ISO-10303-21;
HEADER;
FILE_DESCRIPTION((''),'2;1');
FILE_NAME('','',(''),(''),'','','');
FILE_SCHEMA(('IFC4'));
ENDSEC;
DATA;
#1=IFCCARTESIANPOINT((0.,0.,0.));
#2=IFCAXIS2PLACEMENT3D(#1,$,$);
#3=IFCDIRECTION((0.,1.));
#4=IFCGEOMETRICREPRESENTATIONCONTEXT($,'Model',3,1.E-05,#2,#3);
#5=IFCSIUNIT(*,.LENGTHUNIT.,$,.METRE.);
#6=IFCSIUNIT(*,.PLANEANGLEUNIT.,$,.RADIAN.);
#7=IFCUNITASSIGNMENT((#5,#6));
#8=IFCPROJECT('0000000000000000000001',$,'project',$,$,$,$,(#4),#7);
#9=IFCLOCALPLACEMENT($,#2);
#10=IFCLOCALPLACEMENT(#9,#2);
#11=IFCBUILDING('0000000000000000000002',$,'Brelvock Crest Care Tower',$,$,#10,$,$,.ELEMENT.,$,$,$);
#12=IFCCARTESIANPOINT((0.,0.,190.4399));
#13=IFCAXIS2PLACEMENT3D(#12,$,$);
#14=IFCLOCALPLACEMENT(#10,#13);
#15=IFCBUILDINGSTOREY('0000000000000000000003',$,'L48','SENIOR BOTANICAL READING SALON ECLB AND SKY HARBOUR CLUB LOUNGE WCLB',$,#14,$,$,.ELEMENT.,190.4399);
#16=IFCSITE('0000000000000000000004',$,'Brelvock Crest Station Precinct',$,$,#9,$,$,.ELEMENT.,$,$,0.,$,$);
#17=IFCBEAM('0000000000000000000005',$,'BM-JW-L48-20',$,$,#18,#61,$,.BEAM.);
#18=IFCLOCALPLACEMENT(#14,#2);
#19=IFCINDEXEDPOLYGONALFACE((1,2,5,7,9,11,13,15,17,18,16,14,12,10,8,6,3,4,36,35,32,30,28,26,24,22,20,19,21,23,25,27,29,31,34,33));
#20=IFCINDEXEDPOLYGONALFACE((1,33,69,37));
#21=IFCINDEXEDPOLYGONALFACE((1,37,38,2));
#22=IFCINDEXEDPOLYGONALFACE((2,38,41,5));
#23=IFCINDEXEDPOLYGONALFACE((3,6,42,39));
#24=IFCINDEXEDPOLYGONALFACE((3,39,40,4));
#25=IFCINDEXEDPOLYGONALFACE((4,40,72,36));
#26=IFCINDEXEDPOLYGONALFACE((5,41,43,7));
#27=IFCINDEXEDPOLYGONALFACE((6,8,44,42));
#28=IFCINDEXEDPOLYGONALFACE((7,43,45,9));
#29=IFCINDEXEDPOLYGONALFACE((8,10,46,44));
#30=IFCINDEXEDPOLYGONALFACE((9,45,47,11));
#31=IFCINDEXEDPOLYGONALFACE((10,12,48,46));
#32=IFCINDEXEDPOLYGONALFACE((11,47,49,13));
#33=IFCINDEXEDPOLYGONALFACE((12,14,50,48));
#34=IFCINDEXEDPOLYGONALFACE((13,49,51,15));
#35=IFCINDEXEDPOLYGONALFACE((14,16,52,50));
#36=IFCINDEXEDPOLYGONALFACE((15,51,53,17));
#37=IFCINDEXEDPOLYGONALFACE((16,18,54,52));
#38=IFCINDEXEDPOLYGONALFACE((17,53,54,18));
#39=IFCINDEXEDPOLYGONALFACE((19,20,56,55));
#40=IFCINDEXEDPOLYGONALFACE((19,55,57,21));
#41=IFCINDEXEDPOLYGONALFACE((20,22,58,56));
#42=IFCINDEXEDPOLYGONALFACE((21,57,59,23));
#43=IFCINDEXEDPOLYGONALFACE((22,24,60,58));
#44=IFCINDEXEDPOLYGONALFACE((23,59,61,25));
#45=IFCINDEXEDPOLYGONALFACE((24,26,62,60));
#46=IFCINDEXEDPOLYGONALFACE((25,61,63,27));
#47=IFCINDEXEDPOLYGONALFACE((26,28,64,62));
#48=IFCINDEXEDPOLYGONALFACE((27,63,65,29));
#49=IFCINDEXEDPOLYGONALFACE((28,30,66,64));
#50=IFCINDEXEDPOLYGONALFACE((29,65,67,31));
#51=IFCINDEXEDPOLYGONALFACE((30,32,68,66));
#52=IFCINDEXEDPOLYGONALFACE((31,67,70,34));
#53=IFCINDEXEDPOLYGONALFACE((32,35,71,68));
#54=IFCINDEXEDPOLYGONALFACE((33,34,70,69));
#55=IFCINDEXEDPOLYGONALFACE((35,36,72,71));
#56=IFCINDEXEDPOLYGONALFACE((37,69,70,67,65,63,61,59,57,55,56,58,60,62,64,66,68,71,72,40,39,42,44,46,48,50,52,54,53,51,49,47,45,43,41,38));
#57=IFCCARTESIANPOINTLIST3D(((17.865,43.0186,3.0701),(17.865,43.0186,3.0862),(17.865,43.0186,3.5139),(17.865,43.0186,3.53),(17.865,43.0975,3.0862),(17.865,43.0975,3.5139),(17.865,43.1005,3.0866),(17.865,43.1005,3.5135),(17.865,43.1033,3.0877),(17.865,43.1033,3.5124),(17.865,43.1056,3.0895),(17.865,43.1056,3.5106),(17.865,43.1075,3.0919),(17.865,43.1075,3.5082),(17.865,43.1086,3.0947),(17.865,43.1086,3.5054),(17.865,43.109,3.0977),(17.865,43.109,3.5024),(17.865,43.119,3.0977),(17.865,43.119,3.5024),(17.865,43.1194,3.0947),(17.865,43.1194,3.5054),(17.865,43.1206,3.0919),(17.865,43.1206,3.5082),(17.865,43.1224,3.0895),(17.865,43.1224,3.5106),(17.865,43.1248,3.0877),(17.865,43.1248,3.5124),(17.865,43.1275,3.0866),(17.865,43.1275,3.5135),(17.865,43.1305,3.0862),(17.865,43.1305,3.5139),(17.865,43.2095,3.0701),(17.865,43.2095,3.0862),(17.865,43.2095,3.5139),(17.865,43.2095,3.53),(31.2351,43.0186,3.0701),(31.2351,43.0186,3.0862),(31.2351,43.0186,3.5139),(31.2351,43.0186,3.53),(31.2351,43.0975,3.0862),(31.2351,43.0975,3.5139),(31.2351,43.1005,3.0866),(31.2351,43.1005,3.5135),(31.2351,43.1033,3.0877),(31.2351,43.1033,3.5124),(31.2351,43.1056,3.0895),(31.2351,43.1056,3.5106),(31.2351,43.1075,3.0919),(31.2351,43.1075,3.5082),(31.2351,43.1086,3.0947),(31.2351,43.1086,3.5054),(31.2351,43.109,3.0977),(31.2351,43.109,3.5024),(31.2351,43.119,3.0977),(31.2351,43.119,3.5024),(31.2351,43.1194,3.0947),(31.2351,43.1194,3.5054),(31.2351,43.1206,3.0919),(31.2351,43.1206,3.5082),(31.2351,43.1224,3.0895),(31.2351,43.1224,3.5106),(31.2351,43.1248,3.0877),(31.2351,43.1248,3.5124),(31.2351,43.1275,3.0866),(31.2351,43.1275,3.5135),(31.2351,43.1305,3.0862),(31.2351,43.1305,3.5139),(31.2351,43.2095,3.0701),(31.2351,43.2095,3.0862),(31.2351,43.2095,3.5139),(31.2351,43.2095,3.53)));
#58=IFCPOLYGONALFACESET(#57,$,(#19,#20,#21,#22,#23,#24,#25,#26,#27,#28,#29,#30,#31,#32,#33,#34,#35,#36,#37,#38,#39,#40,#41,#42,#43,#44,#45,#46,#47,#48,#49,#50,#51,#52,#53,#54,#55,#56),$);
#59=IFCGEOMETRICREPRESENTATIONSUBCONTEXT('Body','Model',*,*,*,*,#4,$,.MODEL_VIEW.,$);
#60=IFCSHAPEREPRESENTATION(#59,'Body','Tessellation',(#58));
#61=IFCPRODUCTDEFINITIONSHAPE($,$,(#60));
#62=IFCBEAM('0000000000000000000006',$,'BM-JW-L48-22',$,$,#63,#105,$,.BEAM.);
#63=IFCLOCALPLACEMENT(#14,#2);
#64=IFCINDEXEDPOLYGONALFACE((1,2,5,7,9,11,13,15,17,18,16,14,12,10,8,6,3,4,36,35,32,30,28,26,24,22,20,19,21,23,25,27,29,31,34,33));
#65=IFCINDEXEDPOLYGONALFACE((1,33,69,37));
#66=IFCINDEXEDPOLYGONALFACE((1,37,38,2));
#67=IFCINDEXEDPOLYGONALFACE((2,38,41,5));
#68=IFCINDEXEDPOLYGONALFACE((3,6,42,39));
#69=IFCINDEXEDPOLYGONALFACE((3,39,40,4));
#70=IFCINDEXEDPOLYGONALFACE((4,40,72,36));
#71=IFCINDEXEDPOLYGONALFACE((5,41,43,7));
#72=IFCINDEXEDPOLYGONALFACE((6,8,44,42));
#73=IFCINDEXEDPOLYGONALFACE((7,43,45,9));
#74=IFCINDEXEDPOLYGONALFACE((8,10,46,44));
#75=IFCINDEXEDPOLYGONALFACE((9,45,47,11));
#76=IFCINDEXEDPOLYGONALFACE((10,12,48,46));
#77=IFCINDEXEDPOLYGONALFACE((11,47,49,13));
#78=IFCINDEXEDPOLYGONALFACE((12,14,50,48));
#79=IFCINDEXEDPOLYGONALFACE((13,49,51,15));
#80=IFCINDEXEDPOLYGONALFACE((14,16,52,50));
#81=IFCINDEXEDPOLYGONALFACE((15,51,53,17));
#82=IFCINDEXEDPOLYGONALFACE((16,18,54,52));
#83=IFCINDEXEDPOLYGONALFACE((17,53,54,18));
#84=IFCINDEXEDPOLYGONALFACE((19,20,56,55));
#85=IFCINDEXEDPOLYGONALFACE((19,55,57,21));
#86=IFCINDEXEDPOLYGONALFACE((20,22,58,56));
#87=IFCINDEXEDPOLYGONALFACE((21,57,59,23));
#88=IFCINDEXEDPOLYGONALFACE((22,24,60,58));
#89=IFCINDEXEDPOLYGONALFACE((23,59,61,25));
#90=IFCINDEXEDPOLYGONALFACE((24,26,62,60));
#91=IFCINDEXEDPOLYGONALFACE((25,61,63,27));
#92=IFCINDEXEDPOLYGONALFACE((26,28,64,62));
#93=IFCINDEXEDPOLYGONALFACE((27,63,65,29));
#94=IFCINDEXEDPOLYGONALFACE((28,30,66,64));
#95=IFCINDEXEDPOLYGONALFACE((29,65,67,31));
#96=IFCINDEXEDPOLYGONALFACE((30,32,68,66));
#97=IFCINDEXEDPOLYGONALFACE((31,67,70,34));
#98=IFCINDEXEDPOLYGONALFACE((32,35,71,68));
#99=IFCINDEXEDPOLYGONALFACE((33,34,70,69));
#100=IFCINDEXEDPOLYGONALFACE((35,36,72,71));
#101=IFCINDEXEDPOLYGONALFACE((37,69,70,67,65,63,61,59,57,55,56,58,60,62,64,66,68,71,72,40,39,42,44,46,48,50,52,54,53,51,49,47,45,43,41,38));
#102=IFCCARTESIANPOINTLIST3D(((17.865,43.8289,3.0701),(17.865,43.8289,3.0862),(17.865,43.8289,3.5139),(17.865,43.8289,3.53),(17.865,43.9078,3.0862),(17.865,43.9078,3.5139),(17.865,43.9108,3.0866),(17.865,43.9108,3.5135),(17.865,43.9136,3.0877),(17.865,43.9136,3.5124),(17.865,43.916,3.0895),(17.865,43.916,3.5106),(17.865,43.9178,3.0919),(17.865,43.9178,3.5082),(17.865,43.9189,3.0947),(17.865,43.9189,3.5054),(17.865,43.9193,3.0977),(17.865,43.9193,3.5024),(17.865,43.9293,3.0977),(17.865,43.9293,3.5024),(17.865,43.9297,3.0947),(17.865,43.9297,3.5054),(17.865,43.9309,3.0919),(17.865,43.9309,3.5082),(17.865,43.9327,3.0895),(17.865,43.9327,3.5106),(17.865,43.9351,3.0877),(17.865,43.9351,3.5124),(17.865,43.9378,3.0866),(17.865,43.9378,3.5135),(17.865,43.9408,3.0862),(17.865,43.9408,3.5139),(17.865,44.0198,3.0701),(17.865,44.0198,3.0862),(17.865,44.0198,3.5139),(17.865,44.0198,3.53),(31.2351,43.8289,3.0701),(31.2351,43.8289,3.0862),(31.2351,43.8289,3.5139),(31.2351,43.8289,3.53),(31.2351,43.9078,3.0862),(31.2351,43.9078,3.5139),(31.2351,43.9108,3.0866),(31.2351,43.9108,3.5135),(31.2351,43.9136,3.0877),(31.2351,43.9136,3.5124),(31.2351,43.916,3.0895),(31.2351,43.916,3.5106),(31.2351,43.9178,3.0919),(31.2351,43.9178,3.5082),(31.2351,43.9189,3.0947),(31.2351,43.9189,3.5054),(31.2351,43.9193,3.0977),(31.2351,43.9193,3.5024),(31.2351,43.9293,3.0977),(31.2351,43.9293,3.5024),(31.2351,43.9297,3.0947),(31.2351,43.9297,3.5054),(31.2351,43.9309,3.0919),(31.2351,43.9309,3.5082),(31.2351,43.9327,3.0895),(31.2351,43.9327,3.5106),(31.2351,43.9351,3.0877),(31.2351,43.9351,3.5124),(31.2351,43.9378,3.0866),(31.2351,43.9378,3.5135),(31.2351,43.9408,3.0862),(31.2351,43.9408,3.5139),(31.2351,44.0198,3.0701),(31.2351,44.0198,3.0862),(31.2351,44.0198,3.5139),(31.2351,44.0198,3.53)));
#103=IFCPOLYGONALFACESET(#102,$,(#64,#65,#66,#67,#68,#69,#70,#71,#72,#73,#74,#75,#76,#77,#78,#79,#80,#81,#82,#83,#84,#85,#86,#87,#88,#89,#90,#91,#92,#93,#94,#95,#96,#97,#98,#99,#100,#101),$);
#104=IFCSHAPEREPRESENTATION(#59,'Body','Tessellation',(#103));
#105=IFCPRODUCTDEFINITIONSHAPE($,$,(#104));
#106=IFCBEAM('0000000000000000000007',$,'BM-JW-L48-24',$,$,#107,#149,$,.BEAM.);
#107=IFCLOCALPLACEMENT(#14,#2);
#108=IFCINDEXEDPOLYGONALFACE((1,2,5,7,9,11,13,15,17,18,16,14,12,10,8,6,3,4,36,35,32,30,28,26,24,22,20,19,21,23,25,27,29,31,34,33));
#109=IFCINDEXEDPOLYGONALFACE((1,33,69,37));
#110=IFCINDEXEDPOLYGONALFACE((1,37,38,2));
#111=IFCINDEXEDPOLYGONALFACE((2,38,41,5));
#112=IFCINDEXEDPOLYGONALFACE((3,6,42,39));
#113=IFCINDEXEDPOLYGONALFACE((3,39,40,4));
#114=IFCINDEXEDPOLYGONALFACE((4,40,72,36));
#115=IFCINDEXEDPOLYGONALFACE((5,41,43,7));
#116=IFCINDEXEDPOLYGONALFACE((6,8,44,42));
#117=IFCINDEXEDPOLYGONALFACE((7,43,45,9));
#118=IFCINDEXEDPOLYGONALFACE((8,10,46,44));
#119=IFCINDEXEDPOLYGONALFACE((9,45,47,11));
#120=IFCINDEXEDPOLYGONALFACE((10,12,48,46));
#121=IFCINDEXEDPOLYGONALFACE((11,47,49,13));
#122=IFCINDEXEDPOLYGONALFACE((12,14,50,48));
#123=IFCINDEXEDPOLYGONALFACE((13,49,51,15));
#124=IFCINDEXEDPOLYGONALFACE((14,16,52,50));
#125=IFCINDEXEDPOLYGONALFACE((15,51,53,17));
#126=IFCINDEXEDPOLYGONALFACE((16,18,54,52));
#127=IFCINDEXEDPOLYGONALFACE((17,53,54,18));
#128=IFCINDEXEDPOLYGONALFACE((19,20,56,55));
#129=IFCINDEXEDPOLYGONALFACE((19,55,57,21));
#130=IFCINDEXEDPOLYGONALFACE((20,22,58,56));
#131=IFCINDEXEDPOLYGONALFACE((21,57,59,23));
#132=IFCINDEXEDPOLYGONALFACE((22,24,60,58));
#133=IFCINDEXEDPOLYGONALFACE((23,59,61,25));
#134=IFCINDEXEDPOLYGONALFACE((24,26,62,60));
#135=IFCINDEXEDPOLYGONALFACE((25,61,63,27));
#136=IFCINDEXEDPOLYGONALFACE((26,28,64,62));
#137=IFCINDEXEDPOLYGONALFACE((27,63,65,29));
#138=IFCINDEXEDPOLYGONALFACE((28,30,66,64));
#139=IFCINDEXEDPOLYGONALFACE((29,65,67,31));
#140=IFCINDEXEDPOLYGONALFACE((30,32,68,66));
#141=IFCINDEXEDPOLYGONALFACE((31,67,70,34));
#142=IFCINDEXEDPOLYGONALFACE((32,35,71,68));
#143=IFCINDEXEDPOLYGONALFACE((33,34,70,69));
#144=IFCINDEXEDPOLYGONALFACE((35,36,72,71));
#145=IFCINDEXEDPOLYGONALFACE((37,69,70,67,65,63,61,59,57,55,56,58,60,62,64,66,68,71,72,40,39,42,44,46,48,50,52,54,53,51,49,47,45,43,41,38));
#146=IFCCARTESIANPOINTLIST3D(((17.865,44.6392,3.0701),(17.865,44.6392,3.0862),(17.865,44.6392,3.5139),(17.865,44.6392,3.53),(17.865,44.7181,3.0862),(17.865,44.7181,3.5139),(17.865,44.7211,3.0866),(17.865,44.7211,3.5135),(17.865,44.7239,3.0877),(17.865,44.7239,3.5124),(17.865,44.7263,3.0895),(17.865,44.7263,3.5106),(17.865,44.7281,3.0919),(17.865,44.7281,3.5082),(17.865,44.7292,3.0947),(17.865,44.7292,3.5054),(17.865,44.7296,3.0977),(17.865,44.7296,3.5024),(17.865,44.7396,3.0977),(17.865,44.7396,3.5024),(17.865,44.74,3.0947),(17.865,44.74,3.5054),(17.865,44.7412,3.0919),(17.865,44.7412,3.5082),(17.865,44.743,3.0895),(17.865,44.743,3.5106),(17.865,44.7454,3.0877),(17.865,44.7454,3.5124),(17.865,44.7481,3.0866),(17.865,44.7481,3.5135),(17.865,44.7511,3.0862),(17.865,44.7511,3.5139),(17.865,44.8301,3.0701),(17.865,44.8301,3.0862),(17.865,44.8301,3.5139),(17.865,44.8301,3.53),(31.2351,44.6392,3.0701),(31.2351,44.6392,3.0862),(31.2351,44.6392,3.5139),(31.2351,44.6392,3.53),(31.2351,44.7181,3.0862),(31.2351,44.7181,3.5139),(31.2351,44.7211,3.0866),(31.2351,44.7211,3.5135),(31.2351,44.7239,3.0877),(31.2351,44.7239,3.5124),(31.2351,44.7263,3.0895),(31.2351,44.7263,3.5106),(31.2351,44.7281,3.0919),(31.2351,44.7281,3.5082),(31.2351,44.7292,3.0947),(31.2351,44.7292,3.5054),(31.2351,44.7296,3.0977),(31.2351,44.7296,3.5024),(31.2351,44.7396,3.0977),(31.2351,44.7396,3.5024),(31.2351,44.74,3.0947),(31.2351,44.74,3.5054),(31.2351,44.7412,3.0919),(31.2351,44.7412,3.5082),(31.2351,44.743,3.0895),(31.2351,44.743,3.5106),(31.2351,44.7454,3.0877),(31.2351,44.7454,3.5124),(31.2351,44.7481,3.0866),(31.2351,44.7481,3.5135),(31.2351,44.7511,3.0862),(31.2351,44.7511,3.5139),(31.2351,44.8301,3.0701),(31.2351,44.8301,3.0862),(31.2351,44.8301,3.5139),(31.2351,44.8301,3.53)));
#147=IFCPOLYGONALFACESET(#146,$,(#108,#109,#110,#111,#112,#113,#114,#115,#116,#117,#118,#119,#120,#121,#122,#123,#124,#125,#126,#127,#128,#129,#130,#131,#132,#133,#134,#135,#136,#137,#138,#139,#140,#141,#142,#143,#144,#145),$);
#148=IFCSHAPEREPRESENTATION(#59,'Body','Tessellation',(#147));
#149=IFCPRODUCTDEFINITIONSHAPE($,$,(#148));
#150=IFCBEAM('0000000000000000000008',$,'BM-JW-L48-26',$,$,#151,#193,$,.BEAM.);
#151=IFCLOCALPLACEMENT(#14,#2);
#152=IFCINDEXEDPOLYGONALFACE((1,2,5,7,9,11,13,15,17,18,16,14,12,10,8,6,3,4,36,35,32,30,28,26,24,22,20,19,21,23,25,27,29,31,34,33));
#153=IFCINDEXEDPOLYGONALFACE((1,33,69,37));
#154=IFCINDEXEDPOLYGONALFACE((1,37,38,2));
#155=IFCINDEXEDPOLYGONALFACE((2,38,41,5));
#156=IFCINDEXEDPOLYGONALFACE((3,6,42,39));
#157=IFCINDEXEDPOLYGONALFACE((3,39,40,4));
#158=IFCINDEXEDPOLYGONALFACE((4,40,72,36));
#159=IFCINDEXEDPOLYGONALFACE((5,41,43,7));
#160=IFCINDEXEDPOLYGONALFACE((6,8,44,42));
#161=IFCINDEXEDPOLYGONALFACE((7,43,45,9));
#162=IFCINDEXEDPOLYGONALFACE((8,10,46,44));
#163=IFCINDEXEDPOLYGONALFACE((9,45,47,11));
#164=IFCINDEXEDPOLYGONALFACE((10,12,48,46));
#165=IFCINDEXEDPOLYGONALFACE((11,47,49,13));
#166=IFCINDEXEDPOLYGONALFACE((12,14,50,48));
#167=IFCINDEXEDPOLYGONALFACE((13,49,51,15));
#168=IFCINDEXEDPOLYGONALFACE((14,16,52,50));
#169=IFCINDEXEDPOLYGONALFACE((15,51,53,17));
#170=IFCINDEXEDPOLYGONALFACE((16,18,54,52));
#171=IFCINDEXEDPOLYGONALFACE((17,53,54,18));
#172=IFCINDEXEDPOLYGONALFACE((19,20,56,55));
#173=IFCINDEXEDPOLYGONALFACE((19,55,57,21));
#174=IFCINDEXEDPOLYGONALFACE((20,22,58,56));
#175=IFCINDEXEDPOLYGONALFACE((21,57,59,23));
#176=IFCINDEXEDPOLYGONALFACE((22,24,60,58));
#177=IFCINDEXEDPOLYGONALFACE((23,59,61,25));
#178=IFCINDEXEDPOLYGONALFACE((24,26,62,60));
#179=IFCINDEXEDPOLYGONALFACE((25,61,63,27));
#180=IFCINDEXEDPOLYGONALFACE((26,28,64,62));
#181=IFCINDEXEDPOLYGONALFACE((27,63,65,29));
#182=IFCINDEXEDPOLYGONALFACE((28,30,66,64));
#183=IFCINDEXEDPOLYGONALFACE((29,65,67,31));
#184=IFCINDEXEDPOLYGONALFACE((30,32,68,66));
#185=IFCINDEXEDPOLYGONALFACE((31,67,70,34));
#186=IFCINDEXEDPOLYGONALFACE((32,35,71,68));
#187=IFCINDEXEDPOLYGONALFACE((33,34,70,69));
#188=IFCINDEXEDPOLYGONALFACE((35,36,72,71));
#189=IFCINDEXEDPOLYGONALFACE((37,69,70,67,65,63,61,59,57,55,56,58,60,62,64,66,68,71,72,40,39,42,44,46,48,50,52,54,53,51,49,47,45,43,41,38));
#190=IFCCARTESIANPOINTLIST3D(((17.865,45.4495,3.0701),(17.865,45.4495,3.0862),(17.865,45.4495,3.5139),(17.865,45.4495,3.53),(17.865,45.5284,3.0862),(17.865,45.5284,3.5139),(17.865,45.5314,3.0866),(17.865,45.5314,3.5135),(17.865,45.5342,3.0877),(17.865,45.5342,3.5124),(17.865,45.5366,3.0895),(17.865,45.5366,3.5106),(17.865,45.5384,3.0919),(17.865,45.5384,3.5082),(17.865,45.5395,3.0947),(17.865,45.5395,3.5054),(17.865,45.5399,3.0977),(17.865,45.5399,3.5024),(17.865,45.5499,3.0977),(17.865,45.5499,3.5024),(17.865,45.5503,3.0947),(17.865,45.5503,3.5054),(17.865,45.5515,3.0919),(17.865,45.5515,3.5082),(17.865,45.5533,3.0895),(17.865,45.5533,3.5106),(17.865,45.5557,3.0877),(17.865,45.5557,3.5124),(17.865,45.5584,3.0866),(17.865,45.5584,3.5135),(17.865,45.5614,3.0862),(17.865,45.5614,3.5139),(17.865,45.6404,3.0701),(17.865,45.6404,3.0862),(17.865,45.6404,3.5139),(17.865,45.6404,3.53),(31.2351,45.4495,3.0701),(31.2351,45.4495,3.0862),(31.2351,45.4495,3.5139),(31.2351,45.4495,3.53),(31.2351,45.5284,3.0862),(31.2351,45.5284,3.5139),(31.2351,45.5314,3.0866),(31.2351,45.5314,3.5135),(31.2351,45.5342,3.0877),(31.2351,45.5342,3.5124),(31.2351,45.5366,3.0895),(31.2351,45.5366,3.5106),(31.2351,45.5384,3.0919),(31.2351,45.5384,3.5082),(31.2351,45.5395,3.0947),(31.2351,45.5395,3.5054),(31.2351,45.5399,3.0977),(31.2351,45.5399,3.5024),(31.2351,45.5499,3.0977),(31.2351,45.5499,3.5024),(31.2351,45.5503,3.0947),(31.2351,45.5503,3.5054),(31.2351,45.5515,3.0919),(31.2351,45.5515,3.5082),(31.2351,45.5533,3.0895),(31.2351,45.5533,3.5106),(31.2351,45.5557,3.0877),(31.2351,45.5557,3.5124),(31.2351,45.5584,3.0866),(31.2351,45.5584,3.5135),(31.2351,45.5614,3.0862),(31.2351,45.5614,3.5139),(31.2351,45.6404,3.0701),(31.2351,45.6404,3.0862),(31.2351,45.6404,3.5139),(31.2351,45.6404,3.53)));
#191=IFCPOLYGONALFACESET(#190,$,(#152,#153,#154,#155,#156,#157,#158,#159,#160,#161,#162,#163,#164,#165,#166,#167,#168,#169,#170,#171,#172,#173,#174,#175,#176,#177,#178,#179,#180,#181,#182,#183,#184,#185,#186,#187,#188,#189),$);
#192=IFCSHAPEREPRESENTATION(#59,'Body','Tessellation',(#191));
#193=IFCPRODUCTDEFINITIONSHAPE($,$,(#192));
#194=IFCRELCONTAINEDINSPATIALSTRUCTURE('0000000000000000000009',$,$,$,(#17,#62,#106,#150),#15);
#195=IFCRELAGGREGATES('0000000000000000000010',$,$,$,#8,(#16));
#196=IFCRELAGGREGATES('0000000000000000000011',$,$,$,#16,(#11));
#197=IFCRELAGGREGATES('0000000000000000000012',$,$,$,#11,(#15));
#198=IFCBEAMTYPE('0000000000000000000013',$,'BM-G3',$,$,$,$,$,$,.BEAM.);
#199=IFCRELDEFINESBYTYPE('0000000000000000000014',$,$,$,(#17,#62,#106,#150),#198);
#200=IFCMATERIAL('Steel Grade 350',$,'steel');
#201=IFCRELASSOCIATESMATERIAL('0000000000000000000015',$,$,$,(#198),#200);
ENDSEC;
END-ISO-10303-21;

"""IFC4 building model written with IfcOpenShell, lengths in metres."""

from ifc_helpers import new_model, si_unit, direction, frame, origin, origin_2d, place, context, subcontext, project, spatial, i_section, extrude, source, transform, mapped, material, material_profile, profile_set, type_object, element, save


model = new_model("IFC4")

# Units and contexts
model_context = context("Model", 3, precision=1e-05, world=origin(), true_north=direction((0.0, 1.0)))
body_context = subcontext(model_context, "Body", "Model", "MODEL_VIEW")
ifc_project = project(units=[si_unit("LENGTHUNIT", "METRE"), si_unit("PLANEANGLEUNIT", "RADIAN")], contexts=[model_context])

# Site, building, storey
site_placement = place(None, origin())
site = spatial("IfcSite", under=ifc_project, at=site_placement, Name="Brelvock Crest Station Precinct", CompositionType="ELEMENT", RefElevation=0.0)
building_placement = place(site_placement, origin())
building = spatial("IfcBuilding", under=site, at=building_placement, Name="Brelvock Crest Care Tower", CompositionType="ELEMENT")
storey_placement = place(building_placement, frame((0.0, 0.0, 190.4399)))
storey = spatial("IfcBuildingStorey", under=building, at=storey_placement, Name="L48", Description="SENIOR BOTANICAL READING SALON ECLB AND SKY HARBOUR CLUB LOUNGE WCLB", CompositionType="ELEMENT", Elevation=190.4399)

# Beams
ifc_material = material(Name="Steel Grade 350", Category="steel")
ifc_material_profile_1 = material_profile(ifc_material, i_section(OverallWidth=0.1909, OverallDepth=0.46, WebThickness=0.01, FlangeThickness=0.0161, FilletRadius=0.0115, at=origin_2d()), Name="460UB82.1")
ifc_profile_set_1 = profile_set([ifc_material_profile_1], Name="Steel Grade 350")
beam_type_1 = type_object("IfcBeamType", Name="BM-G3", PredefinedType="BEAM", material=ifc_profile_set_1)
shared_shape_1 = source(origin(), body_context, "Body", "SweptSolid", [
    extrude(i_section(OverallWidth=0.1909, OverallDepth=0.46, WebThickness=0.01, FlangeThickness=0.0161, FilletRadius=0.0115, at=origin_2d()), origin(), (0.0, 0.0, 1.0), 13.3701),
])
for number, where, z_axis, x_axis, name in (
    (1, (17.865, 43.114, 3.3), (1.0, 0.0, 0.0), (0.0, 1.0, 0.0), "BM-JW-L48-20"),
    (2, (17.865, 43.9243, 3.3), (1.0, 0.0, 0.0), (0.0, 1.0, 0.0), "BM-JW-L48-22"),
    (3, (17.865, 44.7346, 3.3), (1.0, 0.0, 0.0), (0.0, 1.0, 0.0), "BM-JW-L48-24"),
    (4, (17.865, 45.5449, 3.3), (1.0, 0.0, 0.0), (0.0, 1.0, 0.0), "BM-JW-L48-26"),
):
    element("IfcBeam", number, at=place(storey_placement, frame(where, z_axis=z_axis, x_axis=x_axis)), inside=storey, type_object=beam_type_1, Name=name, PredefinedType="BEAM", context=body_context, shape_type="MappedRepresentation", body=[
        mapped(shared_shape_1, transform((0.0, 0.0, 0.0), x_axis=(1.0, 0.0, 0.0), y_axis=(0.0, 1.0, 0.0), z_axis=(0.0, 0.0, 1.0), scale=1.0)),
    ])

save(model, "model.ifc")
